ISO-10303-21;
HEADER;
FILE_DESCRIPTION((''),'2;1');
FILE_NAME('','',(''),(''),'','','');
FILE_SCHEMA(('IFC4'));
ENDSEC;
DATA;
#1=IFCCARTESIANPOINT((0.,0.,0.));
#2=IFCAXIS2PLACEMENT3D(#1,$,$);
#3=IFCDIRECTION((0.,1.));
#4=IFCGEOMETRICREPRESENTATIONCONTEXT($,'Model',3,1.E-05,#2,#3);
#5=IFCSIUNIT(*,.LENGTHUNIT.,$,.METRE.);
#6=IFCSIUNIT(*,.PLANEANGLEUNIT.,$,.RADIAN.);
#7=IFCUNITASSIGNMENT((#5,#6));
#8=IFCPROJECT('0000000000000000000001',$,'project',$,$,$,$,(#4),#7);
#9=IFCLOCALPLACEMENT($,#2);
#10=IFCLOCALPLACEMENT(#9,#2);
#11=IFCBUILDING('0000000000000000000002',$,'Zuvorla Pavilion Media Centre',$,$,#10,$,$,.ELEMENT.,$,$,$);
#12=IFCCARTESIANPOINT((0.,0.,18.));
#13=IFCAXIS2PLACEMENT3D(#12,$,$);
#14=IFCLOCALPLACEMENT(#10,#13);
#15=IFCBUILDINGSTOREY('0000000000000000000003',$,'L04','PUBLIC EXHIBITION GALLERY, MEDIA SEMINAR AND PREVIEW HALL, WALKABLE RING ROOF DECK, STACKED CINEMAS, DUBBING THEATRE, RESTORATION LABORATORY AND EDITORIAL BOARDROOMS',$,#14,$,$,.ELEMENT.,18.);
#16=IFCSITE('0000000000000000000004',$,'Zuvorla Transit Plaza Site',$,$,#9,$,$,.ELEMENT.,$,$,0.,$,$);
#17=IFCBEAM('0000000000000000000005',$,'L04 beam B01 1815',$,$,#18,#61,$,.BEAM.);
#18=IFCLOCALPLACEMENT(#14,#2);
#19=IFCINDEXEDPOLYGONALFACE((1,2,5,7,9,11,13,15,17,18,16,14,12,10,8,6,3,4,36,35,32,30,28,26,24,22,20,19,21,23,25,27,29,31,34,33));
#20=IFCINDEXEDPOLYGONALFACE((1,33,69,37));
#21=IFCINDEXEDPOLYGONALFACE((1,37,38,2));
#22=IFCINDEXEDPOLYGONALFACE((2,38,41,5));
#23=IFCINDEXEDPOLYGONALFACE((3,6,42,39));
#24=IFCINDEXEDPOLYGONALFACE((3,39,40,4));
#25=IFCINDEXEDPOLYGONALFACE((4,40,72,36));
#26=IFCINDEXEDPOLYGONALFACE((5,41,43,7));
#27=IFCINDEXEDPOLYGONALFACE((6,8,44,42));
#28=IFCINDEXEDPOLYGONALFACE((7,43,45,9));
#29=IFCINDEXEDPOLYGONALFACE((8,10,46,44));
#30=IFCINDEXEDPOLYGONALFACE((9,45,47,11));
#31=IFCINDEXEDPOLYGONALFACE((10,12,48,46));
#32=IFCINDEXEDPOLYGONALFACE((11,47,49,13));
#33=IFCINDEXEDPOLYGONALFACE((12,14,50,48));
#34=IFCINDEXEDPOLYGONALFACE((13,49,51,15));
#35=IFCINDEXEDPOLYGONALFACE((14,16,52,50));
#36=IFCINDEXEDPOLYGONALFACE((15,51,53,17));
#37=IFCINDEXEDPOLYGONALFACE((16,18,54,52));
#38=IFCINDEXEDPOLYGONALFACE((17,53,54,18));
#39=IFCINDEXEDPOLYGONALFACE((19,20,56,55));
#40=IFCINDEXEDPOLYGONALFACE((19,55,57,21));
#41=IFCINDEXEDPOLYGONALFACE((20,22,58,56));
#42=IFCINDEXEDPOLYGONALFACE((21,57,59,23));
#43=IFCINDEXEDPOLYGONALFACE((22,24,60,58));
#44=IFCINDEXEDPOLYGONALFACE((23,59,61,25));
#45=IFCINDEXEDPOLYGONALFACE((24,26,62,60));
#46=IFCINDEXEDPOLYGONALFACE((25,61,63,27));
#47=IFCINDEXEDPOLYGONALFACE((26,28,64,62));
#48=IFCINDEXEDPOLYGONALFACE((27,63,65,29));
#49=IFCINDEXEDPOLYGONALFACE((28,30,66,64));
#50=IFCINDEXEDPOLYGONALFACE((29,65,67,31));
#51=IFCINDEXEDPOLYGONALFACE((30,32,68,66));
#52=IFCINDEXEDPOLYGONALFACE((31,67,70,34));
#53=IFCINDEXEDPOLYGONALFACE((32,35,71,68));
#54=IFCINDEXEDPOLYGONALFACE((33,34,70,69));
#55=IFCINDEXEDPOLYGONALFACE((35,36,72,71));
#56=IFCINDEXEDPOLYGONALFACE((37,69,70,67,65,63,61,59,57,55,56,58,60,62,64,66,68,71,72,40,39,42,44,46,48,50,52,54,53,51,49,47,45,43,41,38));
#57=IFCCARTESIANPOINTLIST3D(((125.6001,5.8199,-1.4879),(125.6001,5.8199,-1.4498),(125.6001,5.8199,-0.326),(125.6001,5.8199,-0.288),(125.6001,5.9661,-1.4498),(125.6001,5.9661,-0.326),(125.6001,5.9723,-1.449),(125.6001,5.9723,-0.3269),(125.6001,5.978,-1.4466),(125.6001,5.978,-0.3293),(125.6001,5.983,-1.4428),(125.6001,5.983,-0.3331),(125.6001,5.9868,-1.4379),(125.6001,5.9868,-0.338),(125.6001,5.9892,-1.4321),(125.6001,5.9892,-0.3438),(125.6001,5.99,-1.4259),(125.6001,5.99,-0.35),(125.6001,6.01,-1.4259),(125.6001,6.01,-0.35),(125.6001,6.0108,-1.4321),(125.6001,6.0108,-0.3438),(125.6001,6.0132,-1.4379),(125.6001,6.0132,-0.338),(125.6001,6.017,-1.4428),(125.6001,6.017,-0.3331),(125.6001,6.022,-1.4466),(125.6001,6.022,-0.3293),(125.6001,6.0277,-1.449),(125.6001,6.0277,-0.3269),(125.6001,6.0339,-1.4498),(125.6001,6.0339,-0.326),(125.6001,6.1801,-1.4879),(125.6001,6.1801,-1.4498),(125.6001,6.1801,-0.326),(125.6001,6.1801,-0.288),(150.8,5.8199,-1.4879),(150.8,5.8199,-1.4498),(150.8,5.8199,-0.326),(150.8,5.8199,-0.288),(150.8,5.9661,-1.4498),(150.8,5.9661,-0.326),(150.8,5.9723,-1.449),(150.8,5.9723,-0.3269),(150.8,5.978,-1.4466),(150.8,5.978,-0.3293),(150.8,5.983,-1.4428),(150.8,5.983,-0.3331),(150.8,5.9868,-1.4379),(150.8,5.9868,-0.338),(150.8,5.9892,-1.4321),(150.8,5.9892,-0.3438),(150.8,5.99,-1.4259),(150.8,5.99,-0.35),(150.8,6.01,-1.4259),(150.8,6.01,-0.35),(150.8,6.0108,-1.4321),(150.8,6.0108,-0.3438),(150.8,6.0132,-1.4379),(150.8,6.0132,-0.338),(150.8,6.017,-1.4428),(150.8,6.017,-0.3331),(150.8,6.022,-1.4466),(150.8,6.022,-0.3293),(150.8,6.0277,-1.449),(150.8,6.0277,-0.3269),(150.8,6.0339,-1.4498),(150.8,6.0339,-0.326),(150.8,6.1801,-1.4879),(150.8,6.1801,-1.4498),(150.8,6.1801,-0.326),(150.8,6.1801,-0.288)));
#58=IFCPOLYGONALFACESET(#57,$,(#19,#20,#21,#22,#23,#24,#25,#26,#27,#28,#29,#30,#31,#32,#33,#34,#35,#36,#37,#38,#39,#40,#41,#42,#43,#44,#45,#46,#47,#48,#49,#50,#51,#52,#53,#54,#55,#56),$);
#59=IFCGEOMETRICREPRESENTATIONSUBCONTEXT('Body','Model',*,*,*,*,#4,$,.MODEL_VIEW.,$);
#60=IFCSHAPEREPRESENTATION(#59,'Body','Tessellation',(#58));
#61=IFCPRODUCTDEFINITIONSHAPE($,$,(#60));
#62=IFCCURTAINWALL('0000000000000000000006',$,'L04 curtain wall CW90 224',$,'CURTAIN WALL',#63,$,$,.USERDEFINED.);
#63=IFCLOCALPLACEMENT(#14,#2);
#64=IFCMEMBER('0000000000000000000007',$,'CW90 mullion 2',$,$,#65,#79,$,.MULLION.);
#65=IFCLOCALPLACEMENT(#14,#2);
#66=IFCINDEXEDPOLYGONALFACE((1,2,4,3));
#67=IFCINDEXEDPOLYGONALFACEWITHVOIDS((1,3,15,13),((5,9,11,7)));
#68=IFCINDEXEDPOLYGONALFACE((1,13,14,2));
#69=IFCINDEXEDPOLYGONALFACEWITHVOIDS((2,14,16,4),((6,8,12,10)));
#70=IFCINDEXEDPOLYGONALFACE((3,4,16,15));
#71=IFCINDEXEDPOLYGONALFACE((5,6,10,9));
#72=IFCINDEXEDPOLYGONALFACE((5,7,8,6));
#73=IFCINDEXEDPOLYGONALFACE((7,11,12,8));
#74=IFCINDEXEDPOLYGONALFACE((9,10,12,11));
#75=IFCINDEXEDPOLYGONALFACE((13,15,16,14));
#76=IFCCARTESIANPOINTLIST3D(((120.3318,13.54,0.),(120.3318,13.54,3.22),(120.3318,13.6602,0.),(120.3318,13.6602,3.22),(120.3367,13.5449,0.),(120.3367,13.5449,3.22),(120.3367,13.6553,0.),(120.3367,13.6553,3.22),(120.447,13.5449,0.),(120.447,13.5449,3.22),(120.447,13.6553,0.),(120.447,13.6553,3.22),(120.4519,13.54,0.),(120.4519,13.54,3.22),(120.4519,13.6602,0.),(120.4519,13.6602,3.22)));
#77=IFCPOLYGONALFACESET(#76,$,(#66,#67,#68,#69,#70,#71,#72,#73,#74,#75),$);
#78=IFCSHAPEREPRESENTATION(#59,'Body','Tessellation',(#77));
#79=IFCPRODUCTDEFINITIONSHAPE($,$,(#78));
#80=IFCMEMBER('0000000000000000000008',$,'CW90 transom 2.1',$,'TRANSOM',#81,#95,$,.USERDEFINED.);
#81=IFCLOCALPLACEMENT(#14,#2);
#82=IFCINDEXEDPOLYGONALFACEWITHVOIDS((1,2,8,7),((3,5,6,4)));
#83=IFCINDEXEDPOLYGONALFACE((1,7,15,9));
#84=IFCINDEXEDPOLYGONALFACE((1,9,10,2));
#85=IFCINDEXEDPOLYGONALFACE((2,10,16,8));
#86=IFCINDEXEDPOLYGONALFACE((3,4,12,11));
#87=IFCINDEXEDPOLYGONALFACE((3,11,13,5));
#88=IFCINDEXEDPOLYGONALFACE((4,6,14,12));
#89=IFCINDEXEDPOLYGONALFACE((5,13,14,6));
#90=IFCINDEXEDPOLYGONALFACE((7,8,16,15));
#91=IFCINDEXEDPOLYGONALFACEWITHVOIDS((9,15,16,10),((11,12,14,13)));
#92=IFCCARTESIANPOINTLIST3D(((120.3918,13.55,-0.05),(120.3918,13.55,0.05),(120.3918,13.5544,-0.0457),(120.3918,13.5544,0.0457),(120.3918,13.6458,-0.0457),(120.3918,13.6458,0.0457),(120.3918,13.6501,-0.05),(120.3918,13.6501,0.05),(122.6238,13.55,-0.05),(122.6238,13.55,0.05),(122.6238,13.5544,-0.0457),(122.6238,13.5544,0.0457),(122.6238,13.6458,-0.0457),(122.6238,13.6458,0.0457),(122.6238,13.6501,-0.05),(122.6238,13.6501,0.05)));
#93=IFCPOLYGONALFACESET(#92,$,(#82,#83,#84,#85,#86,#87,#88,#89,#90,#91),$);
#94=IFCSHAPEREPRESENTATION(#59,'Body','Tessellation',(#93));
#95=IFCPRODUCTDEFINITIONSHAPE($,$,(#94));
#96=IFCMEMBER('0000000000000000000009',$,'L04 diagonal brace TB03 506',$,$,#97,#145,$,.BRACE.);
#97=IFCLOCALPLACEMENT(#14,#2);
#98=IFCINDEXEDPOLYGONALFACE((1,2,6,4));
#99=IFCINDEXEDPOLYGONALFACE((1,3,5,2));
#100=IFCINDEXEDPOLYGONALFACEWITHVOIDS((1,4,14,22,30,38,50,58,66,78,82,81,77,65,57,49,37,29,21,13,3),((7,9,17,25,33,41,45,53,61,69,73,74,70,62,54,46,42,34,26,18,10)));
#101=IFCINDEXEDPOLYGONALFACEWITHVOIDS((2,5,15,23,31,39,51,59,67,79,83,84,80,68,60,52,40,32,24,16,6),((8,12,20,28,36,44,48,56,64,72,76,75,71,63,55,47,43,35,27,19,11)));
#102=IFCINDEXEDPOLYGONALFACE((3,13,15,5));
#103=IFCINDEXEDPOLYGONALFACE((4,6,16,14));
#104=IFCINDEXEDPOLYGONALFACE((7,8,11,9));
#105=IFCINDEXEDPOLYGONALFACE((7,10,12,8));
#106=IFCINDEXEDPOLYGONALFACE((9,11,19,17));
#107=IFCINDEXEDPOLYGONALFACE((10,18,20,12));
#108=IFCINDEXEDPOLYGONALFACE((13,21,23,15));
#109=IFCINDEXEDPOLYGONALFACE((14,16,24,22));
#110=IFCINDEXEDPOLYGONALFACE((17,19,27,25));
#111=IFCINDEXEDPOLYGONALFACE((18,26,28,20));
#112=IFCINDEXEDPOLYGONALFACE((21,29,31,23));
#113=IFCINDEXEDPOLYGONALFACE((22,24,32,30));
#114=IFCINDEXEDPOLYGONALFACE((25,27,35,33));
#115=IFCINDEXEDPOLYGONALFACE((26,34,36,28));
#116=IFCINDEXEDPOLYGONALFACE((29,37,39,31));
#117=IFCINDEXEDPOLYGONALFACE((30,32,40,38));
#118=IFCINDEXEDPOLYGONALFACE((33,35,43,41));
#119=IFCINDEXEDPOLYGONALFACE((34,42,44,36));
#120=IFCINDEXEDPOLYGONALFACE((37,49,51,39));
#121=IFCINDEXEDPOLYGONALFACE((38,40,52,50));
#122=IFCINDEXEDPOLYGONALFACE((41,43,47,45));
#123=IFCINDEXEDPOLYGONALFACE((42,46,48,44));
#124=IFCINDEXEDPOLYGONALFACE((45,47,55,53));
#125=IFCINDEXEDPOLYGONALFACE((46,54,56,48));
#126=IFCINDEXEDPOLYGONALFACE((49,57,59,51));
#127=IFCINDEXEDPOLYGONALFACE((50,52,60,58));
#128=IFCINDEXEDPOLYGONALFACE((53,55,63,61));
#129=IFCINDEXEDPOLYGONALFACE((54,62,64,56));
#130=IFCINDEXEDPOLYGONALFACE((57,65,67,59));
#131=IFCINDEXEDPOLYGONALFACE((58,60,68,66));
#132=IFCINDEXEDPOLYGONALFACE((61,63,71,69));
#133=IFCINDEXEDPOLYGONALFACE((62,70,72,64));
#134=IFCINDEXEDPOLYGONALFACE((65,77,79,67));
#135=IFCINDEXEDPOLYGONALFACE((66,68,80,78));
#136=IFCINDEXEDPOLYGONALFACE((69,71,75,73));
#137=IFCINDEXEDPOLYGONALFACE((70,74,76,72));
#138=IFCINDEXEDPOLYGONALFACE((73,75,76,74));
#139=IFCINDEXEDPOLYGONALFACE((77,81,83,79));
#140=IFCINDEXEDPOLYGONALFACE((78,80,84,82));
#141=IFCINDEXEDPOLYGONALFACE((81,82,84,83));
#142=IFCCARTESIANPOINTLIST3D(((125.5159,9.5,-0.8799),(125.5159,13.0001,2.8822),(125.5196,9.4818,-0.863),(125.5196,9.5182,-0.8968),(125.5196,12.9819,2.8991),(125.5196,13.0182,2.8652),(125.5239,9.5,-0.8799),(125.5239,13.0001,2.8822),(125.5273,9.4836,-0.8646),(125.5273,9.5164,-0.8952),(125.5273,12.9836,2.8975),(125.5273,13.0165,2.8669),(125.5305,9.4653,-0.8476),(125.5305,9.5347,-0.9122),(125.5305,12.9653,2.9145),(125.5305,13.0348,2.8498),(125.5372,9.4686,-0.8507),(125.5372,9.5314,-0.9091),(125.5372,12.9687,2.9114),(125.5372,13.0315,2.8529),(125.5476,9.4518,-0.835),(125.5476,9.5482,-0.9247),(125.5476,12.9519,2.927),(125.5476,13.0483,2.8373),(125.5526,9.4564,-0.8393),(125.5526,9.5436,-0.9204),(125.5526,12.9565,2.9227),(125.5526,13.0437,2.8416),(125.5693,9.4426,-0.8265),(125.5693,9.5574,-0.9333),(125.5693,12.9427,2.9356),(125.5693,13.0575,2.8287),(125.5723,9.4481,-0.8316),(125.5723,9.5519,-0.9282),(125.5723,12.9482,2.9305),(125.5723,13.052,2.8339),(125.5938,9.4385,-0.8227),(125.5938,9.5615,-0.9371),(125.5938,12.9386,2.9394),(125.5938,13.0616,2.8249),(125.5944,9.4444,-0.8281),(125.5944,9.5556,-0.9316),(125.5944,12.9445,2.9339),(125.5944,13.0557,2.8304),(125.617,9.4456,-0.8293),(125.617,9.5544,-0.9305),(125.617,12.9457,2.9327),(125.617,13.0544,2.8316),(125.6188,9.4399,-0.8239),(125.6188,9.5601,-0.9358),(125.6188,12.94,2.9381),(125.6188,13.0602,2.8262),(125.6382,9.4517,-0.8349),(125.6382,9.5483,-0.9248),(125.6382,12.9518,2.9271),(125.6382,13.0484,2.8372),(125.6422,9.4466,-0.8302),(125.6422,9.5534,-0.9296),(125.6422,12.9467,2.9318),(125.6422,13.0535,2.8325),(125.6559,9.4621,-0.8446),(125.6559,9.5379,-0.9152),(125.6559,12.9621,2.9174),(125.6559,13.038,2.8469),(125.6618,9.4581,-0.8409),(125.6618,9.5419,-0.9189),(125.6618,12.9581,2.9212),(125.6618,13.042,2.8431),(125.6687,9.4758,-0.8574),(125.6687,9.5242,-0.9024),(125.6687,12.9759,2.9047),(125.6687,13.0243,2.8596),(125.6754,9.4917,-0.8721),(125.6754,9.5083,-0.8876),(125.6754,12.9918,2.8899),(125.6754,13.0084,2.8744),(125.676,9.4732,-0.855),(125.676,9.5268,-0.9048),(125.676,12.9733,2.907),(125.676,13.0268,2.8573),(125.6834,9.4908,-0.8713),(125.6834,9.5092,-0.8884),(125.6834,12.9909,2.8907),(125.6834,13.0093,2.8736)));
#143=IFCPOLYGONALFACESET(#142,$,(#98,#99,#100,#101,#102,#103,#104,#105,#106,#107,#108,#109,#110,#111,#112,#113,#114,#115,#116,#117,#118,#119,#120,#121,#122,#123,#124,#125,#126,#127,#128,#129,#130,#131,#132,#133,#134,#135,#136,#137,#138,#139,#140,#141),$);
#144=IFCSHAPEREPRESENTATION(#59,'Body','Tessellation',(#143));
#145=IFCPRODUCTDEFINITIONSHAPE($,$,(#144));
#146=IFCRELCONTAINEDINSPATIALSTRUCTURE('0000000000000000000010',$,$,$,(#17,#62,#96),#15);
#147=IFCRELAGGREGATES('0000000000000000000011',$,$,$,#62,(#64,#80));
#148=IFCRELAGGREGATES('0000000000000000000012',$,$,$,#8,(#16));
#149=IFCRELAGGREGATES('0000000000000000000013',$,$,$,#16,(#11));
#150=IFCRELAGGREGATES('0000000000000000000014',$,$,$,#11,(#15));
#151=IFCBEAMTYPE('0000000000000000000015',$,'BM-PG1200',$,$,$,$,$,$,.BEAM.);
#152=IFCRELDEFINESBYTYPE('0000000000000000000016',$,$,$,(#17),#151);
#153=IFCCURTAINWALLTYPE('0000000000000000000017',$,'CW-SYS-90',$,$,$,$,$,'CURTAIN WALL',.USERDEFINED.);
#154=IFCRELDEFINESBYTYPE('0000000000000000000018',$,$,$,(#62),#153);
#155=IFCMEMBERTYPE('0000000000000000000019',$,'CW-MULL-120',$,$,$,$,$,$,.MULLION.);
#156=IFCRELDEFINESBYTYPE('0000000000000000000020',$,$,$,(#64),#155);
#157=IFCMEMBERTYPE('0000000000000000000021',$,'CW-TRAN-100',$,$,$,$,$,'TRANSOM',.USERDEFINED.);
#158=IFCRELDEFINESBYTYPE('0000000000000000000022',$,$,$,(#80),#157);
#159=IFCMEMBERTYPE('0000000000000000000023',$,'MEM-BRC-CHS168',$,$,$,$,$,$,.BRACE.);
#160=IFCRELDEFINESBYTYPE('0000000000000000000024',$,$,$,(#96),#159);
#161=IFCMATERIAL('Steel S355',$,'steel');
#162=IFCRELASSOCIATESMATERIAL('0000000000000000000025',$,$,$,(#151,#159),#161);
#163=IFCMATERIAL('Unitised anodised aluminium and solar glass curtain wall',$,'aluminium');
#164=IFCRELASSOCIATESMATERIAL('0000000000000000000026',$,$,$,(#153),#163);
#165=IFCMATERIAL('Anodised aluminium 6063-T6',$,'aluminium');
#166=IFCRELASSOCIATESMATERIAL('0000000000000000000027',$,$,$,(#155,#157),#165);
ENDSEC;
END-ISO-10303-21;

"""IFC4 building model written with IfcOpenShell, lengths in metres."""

from ifc_helpers import new_model, si_unit, direction, frame, origin, origin_2d, place, context, subcontext, project, spatial, hollow_rectangle, hollow_circle, i_section, extrude, material, material_profile, profile_set, type_object, element, aggregate, save


model = new_model("IFC4")

# Units and contexts
model_context = context("Model", 3, precision=1e-05, world=origin(), true_north=direction((0.0, 1.0)))
body_context = subcontext(model_context, "Body", "Model", "MODEL_VIEW")
ifc_project = project(units=[si_unit("LENGTHUNIT", "METRE"), si_unit("PLANEANGLEUNIT", "RADIAN")], contexts=[model_context])

# Site, building, storey
site_placement = place(None, origin())
site = spatial("IfcSite", under=ifc_project, at=site_placement, Name="Zuvorla Transit Plaza Site", CompositionType="ELEMENT", RefElevation=0.0)
building_placement = place(site_placement, origin())
building = spatial("IfcBuilding", under=site, at=building_placement, Name="Zuvorla Pavilion Media Centre", CompositionType="ELEMENT")
storey_placement = place(building_placement, frame((0.0, 0.0, 18.0)))
storey = spatial("IfcBuildingStorey", under=building, at=storey_placement, Name="L04", Description="PUBLIC EXHIBITION GALLERY, MEDIA SEMINAR AND PREVIEW HALL, WALKABLE RING ROOF DECK, STACKED CINEMAS, DUBBING THEATRE, RESTORATION LABORATORY AND EDITORIAL BOARDROOMS", CompositionType="ELEMENT", Elevation=18.0)

# Beam
ifc_material_1 = material(Name="Steel S355", Category="steel")
ifc_material_profile_1 = material_profile(ifc_material_1, i_section(OverallWidth=0.3601, OverallDepth=1.2, WebThickness=0.02, FlangeThickness=0.0381, FilletRadius=0.0239, at=origin_2d()), Name="PG 1200x360x38")
ifc_profile_set_1 = profile_set([ifc_material_profile_1], Name="Steel S355")
beam_type = type_object("IfcBeamType", Name="BM-PG1200", PredefinedType="BEAM", material=ifc_profile_set_1)
beam_placement = place(storey_placement, frame((125.6001, 6.0, -0.8879), z_axis=(1.0, 0.0, 0.0), x_axis=(0.0, 1.0, 0.0)))
element("IfcBeam", 1, at=beam_placement, inside=storey, type_object=beam_type, Name="L04 beam B01 1815", PredefinedType="BEAM", context=body_context, shape_type="SweptSolid", body=[
    extrude(i_section(OverallWidth=0.3601, OverallDepth=1.2, WebThickness=0.02, FlangeThickness=0.0381, FilletRadius=0.0239, at=origin_2d()), origin(), (0.0, 0.0, 1.0), 25.2),
])

# Curtain wall, members
ifc_material_2 = material(Name="Unitised anodised aluminium and solar glass curtain wall", Category="aluminium")
curtain_wall_type = type_object("IfcCurtainWallType", Name="CW-SYS-90", ElementType="CURTAIN WALL", PredefinedType="USERDEFINED", material=ifc_material_2)
curtain_wall_placement = place(storey_placement, origin())
curtain_wall = element("IfcCurtainWall", 2, at=curtain_wall_placement, inside=storey, type_object=curtain_wall_type, Name="L04 curtain wall CW90 224", ObjectType="CURTAIN WALL", PredefinedType="USERDEFINED")
ifc_material_3 = material(Name="Anodised aluminium 6063-T6", Category="aluminium")
ifc_material_profile_2 = material_profile(ifc_material_3, hollow_rectangle(XDim=0.1201, YDim=0.1201, WallThickness=0.0049, at=origin_2d()), Name="ALU MULL 120x120")
ifc_profile_set_2 = profile_set([ifc_material_profile_2], Name="Anodised aluminium 6063-T6")
member_type_1 = type_object("IfcMemberType", Name="CW-MULL-120", PredefinedType="MULLION", material=ifc_profile_set_2)
member_1_placement = place(storey_placement, frame((120.3918, 13.6001, 0.0), z_axis=(0.0, 0.0, 1.0), x_axis=(1.0, 0.0, 0.0)))
member_1 = element("IfcMember", 3, at=member_1_placement, type_object=member_type_1, Name="CW90 mullion 2", PredefinedType="MULLION", context=body_context, shape_type="SweptSolid", body=[
    extrude(hollow_rectangle(XDim=0.1201, YDim=0.1201, WallThickness=0.0049, at=origin_2d()), origin(), (0.0, 0.0, 1.0), 3.22),
])
ifc_material_profile_3 = material_profile(ifc_material_3, hollow_rectangle(XDim=0.1001, YDim=0.1001, WallThickness=0.0044, at=origin_2d()), Name="ALU TRAN 100x100")
ifc_profile_set_3 = profile_set([ifc_material_profile_3], Name="Anodised aluminium 6063-T6")
member_type_2 = type_object("IfcMemberType", Name="CW-TRAN-100", ElementType="TRANSOM", PredefinedType="USERDEFINED", material=ifc_profile_set_3)
member_2_placement = place(storey_placement, frame((120.3918, 13.6001, 0.0), z_axis=(1.0, 0.0, 0.0), x_axis=(0.0, 1.0, 0.0)))
member_2 = element("IfcMember", 4, at=member_2_placement, type_object=member_type_2, Name="CW90 transom 2.1", ObjectType="TRANSOM", PredefinedType="USERDEFINED", context=body_context, shape_type="SweptSolid", body=[
    extrude(hollow_rectangle(XDim=0.1001, YDim=0.1001, WallThickness=0.0044, at=origin_2d()), origin(), (0.0, 0.0, 1.0), 2.2319),
])
aggregate(curtain_wall, [member_1, member_2])

# Member
ifc_material_profile_4 = material_profile(ifc_material_1, hollow_circle(Radius=0.0842, WallThickness=0.0081, at=origin_2d()), Name="CHS 168.3x8")
ifc_profile_set_4 = profile_set([ifc_material_profile_4], Name="Steel S355")
member_type_3 = type_object("IfcMemberType", Name="MEM-BRC-CHS168", PredefinedType="BRACE", material=ifc_profile_set_4)
member_3_placement = place(storey_placement, frame((125.6001, 9.5, -0.8799), z_axis=(0.0, 0.681156, 0.732138), x_axis=(-1.0, 0.0, 0.0)))
element("IfcMember", 5, at=member_3_placement, inside=storey, type_object=member_type_3, Name="L04 diagonal brace TB03 506", PredefinedType="BRACE", context=body_context, shape_type="SweptSolid", body=[
    extrude(hollow_circle(Radius=0.0842, WallThickness=0.0081, at=origin_2d()), origin(), (0.0, 0.0, 1.0), 5.1384),
])

save(model, "model.ifc")
